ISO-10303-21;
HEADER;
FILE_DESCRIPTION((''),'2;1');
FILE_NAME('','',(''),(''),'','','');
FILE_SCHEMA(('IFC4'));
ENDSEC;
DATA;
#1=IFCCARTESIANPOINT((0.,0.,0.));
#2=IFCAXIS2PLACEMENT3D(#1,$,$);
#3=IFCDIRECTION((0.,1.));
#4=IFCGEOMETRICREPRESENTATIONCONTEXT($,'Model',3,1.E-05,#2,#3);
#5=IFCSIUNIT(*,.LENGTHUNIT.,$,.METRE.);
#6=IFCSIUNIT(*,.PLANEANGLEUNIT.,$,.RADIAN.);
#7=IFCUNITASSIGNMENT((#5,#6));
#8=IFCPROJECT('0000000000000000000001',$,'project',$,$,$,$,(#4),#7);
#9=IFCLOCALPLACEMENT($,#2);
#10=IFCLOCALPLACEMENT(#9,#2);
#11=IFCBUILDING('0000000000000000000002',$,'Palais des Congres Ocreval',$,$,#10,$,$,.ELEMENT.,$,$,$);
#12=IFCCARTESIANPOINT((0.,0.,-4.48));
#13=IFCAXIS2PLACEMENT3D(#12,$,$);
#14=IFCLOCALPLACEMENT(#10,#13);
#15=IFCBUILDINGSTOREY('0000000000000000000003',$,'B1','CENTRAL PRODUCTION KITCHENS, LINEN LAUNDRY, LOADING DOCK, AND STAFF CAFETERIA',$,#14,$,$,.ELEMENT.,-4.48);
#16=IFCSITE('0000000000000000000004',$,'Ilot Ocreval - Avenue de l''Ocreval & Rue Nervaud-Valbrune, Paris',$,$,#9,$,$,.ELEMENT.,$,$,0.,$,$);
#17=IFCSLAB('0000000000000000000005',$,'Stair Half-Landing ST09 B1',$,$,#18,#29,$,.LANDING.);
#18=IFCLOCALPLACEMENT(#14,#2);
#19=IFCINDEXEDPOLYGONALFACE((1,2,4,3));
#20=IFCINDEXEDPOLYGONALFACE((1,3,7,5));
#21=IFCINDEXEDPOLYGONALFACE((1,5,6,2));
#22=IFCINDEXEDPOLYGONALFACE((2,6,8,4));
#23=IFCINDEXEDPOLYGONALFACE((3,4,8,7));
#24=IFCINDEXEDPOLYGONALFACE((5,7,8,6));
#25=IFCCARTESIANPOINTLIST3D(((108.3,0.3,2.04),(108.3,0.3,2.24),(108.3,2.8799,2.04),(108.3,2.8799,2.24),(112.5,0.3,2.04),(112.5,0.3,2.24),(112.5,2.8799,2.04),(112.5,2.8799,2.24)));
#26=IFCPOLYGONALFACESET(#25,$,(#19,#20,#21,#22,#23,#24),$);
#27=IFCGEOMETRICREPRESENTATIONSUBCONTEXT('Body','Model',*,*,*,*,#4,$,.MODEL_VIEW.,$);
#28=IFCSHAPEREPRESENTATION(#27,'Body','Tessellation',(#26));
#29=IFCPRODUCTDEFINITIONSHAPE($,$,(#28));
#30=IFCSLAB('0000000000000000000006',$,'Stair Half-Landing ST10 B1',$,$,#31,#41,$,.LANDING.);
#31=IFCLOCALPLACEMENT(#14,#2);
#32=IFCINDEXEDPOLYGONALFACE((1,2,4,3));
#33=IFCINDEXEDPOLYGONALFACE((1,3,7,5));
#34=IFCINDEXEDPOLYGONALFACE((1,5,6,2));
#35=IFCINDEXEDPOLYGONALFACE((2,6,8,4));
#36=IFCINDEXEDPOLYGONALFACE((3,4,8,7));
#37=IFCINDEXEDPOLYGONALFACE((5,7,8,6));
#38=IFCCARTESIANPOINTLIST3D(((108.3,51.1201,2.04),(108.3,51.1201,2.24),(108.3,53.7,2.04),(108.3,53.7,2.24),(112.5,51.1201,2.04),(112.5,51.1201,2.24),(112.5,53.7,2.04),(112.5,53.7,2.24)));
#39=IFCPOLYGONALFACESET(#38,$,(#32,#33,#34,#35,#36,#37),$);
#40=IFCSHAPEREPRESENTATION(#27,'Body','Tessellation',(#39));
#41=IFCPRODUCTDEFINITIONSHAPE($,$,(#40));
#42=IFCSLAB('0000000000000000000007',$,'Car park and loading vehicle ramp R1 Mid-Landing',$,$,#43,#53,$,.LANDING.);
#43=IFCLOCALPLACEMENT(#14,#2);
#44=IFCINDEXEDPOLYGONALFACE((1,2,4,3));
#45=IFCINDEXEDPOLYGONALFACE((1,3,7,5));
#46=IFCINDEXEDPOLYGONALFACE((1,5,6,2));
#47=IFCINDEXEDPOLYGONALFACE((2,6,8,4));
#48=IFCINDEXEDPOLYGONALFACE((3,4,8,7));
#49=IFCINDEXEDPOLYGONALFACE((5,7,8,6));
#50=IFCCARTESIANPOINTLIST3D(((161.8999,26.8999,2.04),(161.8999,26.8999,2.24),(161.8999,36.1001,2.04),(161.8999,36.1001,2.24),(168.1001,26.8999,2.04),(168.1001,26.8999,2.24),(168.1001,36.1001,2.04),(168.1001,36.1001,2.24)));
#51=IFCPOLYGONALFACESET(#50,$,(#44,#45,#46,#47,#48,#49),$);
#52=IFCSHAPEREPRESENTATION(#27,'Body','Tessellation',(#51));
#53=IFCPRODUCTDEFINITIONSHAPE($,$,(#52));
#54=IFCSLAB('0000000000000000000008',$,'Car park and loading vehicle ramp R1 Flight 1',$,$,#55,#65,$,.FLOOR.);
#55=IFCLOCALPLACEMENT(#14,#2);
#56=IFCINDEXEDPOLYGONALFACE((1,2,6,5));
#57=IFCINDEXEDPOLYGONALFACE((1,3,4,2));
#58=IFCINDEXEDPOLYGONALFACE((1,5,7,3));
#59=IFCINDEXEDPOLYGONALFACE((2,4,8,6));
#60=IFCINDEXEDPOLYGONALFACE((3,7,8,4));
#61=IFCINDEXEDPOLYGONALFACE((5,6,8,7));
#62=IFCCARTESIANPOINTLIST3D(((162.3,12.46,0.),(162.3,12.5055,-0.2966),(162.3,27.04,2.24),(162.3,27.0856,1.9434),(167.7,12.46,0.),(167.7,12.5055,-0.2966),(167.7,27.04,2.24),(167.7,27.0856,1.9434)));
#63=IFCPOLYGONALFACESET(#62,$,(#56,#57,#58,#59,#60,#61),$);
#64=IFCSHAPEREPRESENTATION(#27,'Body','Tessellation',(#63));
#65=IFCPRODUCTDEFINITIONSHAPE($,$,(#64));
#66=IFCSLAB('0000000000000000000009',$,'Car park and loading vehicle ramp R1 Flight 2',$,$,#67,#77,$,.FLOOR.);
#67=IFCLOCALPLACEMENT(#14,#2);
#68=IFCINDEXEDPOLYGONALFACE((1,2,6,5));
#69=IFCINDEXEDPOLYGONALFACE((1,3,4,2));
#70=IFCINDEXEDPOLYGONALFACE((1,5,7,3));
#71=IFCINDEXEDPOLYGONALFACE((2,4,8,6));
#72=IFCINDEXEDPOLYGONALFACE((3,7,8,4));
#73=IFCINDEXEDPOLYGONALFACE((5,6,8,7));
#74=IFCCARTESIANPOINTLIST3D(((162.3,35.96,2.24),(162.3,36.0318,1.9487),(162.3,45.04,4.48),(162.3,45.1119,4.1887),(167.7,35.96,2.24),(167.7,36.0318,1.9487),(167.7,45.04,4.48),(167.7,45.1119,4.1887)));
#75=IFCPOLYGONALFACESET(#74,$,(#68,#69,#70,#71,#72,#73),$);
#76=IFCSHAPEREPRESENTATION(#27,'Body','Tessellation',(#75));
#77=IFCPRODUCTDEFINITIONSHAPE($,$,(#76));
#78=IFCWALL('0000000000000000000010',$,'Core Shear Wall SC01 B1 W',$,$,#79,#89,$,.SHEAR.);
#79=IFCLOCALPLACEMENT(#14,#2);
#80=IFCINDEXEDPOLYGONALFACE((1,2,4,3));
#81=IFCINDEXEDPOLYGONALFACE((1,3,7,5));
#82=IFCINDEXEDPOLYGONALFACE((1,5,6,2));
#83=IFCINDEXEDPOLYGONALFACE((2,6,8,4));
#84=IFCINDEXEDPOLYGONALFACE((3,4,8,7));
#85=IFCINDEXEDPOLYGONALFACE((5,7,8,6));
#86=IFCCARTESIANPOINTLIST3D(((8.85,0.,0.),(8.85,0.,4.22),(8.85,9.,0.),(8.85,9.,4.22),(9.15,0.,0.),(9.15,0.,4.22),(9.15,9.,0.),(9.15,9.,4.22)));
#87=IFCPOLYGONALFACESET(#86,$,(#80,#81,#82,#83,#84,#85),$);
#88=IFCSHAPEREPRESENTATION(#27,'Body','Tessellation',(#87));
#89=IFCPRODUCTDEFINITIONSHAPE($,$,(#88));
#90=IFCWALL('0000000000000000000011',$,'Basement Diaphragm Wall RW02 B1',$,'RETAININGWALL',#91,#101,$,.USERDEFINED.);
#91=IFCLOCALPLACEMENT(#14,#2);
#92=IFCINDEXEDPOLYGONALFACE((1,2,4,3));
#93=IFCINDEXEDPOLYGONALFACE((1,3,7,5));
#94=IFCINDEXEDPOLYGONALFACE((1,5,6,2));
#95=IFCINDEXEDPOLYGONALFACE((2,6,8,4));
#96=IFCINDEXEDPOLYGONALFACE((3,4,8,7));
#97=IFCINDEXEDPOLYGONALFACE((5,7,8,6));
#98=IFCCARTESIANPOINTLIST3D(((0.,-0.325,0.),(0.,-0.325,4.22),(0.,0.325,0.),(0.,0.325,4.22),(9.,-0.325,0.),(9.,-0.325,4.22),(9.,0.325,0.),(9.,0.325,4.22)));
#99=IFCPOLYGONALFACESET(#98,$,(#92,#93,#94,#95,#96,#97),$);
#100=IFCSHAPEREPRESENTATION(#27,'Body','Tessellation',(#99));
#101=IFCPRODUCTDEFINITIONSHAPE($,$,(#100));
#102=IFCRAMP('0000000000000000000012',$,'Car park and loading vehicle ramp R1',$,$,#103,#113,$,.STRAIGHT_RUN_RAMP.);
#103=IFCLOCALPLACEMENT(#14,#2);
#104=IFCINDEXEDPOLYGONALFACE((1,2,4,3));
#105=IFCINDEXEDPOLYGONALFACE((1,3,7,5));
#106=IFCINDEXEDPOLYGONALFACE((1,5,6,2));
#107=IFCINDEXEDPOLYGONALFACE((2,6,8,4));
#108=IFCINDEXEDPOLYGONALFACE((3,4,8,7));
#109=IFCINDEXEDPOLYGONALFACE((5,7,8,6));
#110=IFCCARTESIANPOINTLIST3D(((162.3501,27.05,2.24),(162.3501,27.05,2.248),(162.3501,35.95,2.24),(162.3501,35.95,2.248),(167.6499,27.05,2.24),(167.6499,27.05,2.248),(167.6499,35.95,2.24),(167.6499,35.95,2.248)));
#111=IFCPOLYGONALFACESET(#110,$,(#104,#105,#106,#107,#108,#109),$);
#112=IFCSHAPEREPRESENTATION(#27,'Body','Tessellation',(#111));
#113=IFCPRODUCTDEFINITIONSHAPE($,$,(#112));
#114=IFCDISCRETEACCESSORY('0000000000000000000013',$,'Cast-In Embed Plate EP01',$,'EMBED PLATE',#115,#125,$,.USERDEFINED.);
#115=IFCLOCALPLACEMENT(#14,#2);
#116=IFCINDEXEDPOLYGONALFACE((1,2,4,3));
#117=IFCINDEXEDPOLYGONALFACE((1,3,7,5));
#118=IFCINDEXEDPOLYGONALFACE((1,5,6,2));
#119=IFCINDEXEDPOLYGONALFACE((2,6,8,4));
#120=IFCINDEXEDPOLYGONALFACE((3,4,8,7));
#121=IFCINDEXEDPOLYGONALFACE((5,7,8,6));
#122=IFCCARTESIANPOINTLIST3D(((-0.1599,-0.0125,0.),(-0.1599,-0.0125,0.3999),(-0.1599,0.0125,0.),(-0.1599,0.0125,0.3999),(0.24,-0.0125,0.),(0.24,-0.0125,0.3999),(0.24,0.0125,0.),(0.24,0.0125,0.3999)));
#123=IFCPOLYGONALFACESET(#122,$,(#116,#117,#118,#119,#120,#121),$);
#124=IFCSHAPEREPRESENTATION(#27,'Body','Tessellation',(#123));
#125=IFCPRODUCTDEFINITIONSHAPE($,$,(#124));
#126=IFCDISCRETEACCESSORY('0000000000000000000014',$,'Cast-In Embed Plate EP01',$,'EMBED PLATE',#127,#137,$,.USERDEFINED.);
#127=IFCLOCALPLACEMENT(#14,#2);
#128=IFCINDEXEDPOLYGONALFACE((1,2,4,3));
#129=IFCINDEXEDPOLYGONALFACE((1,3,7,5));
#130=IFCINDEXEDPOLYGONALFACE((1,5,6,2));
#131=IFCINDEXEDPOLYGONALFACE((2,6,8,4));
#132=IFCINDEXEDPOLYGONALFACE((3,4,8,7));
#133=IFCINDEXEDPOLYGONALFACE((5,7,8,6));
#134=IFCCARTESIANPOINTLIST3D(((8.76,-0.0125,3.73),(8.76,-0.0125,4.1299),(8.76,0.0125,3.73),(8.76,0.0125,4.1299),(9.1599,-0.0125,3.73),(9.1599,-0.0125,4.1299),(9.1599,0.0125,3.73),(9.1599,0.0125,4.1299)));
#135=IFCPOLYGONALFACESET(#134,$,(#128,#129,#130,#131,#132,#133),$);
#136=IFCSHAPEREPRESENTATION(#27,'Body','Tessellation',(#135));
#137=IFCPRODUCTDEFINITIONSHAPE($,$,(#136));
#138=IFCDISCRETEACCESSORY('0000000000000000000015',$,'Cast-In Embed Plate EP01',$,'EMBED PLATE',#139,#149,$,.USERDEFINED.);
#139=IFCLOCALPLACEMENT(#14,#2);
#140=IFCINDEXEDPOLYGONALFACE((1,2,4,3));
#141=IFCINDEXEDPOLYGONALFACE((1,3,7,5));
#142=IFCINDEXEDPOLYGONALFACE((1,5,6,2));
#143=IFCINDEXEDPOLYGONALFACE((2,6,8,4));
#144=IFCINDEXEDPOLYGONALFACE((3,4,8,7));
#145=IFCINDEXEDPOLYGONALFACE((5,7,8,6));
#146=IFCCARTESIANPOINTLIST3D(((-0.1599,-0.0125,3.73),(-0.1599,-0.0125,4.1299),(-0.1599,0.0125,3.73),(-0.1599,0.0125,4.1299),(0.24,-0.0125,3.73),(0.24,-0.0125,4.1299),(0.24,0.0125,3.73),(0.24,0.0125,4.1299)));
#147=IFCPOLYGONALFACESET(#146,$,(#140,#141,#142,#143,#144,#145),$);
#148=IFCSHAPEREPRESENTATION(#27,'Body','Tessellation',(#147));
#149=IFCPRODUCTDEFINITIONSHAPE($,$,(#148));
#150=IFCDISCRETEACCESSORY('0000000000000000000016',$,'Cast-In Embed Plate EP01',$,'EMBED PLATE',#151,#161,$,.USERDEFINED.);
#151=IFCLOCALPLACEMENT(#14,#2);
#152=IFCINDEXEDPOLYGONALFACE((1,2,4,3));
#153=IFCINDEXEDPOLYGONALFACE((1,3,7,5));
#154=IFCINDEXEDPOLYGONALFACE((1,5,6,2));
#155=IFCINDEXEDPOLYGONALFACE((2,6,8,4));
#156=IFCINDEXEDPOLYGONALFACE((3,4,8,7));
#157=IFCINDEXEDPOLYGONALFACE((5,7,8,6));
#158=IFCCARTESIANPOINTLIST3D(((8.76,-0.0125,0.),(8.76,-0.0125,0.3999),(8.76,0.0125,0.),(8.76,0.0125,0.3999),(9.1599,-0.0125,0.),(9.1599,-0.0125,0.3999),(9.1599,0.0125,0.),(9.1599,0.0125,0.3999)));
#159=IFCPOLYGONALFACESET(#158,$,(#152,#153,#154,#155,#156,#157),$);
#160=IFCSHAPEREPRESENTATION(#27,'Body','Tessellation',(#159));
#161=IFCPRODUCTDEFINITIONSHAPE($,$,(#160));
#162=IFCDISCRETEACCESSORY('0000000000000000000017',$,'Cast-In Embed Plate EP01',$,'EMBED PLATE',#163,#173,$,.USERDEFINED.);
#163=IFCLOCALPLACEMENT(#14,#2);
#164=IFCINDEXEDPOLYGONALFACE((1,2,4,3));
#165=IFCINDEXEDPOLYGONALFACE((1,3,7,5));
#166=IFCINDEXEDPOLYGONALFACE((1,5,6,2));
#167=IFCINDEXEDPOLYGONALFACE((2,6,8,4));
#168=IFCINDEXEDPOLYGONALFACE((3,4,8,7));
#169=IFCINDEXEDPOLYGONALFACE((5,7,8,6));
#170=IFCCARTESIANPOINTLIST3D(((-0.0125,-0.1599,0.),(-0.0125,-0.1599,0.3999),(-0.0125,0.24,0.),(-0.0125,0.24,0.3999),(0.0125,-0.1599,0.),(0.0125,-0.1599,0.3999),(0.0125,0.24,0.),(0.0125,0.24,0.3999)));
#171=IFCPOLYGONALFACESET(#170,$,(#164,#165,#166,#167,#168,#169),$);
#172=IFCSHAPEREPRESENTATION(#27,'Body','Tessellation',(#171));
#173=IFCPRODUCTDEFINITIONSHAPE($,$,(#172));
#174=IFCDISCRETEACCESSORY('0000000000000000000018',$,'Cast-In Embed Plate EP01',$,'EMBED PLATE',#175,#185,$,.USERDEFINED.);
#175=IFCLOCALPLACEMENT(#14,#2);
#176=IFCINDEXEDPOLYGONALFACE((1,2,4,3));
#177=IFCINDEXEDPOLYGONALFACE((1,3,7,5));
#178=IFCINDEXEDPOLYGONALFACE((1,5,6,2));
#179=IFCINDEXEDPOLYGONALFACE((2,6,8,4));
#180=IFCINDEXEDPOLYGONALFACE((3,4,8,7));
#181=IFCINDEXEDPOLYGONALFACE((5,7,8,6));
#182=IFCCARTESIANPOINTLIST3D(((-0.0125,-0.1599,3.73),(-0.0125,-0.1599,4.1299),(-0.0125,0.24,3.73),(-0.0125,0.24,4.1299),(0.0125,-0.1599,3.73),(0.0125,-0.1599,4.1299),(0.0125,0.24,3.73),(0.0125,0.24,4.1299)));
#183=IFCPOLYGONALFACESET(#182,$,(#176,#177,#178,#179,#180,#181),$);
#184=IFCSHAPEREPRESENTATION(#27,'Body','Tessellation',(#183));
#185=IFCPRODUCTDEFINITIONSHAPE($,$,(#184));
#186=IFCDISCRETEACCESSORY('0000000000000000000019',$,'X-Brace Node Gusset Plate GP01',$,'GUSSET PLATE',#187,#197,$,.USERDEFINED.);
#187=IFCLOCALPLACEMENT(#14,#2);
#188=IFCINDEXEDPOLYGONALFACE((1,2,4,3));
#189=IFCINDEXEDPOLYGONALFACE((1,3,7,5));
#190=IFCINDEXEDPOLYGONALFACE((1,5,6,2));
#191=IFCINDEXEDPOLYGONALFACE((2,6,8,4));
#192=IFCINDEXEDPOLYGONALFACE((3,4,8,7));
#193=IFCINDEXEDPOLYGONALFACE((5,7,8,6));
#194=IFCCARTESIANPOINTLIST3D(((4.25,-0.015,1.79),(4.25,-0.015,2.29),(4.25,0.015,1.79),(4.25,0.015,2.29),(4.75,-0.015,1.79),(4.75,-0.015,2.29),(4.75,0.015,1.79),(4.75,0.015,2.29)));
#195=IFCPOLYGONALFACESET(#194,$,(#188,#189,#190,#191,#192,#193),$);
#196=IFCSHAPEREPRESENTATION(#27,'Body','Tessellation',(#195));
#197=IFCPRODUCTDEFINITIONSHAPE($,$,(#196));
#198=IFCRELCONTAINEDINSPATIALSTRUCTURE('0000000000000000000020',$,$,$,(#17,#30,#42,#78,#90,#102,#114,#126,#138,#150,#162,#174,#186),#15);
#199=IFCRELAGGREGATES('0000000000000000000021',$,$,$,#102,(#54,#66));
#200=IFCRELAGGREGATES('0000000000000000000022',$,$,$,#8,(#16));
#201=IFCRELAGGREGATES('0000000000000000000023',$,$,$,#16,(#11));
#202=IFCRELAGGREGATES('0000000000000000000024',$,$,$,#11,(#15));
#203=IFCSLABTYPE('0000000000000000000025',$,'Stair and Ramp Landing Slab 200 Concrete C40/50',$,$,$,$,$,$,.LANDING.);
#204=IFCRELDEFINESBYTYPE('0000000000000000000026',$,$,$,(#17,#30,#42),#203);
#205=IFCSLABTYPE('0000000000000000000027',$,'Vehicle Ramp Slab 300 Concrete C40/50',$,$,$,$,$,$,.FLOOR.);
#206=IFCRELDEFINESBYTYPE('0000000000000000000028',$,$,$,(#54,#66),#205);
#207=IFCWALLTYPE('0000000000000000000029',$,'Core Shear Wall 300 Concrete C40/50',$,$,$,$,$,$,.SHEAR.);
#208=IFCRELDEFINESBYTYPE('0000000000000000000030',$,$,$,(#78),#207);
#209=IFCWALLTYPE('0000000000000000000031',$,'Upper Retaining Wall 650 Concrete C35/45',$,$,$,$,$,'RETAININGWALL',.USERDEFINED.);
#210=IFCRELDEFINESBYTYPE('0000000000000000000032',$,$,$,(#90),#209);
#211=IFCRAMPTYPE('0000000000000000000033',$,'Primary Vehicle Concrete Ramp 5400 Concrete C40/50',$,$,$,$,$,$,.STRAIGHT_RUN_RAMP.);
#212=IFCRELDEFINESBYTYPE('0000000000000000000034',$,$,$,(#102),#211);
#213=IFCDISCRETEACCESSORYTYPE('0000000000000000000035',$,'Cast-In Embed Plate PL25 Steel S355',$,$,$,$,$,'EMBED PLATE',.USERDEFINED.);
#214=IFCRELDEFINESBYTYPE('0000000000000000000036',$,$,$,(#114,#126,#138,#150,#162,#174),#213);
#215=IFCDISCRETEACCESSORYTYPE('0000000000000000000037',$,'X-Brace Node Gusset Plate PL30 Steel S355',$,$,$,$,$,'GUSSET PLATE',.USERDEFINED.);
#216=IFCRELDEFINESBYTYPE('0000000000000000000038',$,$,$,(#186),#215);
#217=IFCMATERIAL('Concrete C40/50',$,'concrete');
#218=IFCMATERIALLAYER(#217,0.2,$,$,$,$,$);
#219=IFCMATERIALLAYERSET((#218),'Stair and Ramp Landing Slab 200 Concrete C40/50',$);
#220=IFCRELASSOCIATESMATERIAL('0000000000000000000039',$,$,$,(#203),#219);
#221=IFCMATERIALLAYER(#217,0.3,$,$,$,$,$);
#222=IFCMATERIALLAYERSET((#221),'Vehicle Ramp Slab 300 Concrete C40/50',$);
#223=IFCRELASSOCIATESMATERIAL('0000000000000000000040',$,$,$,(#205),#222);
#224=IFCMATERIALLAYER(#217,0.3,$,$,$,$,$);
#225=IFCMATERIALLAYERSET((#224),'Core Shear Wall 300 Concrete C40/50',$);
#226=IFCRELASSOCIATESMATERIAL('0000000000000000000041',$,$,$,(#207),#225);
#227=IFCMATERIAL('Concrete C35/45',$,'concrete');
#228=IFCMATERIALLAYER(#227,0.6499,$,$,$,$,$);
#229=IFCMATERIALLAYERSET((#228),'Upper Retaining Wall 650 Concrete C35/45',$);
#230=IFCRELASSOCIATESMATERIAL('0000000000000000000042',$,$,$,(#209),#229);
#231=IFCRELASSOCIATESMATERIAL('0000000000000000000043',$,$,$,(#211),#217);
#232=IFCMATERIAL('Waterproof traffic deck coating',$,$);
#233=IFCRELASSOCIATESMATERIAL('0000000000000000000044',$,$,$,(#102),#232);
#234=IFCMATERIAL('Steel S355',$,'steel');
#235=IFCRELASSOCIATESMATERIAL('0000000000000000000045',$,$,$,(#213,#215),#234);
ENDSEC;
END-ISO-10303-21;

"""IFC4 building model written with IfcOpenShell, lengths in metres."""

from ifc_helpers import new_model, si_unit, direction, frame, frame_2d, origin, origin_2d, place, context, subcontext, project, spatial, polyline, rectangle, outline, extrude, material, layer, layer_set, type_object, element, aggregate, save


model = new_model("IFC4")

# Units and contexts
model_context = context("Model", 3, precision=1e-05, world=origin(), true_north=direction((0.0, 1.0)))
body_context = subcontext(model_context, "Body", "Model", "MODEL_VIEW")
ifc_project = project(units=[si_unit("LENGTHUNIT", "METRE"), si_unit("PLANEANGLEUNIT", "RADIAN")], contexts=[model_context])

# Site, building, storey
site_placement = place(None, origin())
site = spatial("IfcSite", under=ifc_project, at=site_placement, Name="Ilot Ocreval - Avenue de l'Ocreval & Rue Nervaud-Valbrune, Paris", CompositionType="ELEMENT", RefElevation=0.0)
building_placement = place(site_placement, origin())
building = spatial("IfcBuilding", under=site, at=building_placement, Name="Palais des Congres Ocreval", CompositionType="ELEMENT")
storey_placement = place(building_placement, frame((0.0, 0.0, -4.48)))
storey = spatial("IfcBuildingStorey", under=building, at=storey_placement, Name="B1", Description="CENTRAL PRODUCTION KITCHENS, LINEN LAUNDRY, LOADING DOCK, AND STAFF CAFETERIA", CompositionType="ELEMENT", Elevation=-4.48)

# Shared definitions
ifc_material_1 = material(Name="Concrete C40/50", Category="concrete")

# Shared definitions
ifc_material_2 = material(Name="Concrete C35/45", Category="concrete")

# Shared definitions
ifc_material_3 = material(Name="Steel S355", Category="steel")

# Slabs
ifc_layer_1 = layer(ifc_material_1, 0.2)
ifc_layer_set_1 = layer_set([ifc_layer_1], Name="Stair and Ramp Landing Slab 200 Concrete C40/50")
slab_type_1 = type_object("IfcSlabType", Name="Stair and Ramp Landing Slab 200 Concrete C40/50", PredefinedType="LANDING", material=ifc_layer_set_1)
slab_1_placement = place(storey_placement, frame((0.0, 0.0, 2.04)))
element("IfcSlab", 1, at=slab_1_placement, inside=storey, type_object=slab_type_1, Name="Stair Half-Landing ST09 B1", PredefinedType="LANDING", context=body_context, shape_type="SweptSolid", body=[
    extrude(outline(polyline([(108.3, 0.3), (112.5, 0.3), (112.5, 2.8799), (108.3, 2.8799), (108.3, 0.3)])), origin(), (0.0, 0.0, 1.0), 0.2),
])
slab_2_placement = place(storey_placement, frame((0.0, 0.0, 2.04)))
element("IfcSlab", 2, at=slab_2_placement, inside=storey, type_object=slab_type_1, Name="Stair Half-Landing ST10 B1", PredefinedType="LANDING", context=body_context, shape_type="SweptSolid", body=[
    extrude(outline(polyline([(108.3, 51.1201), (112.5, 51.1201), (112.5, 53.7), (108.3, 53.7), (108.3, 51.1201)])), origin(), (0.0, 0.0, 1.0), 0.2),
])
slab_3_placement = place(storey_placement, frame((0.0, 0.0, 2.04)))
element("IfcSlab", 3, at=slab_3_placement, inside=storey, type_object=slab_type_1, Name="Car park and loading vehicle ramp R1 Mid-Landing", PredefinedType="LANDING", context=body_context, shape_type="SweptSolid", body=[
    extrude(outline(polyline([(161.8999, 26.8999), (168.1001, 26.8999), (168.1001, 36.1001), (161.8999, 36.1001), (161.8999, 26.8999)])), origin(), (0.0, 0.0, 1.0), 0.2),
])

# Slabs
ifc_layer_2 = layer(ifc_material_1, 0.3)
ifc_layer_set_2 = layer_set([ifc_layer_2], Name="Vehicle Ramp Slab 300 Concrete C40/50")
slab_type_2 = type_object("IfcSlabType", Name="Vehicle Ramp Slab 300 Concrete C40/50", PredefinedType="FLOOR", material=ifc_layer_set_2)
slab_4_placement = place(storey_placement, frame((167.7, 12.46, 0.0), z_axis=(0.0, -0.151852, 0.988403), x_axis=(0.0, 0.988403, 0.151852)))
slab_4 = element("IfcSlab", 4, at=slab_4_placement, type_object=slab_type_2, Name="Car park and loading vehicle ramp R1 Flight 1", PredefinedType="FLOOR", context=body_context, shape_type="SweptSolid", body=[
    extrude(outline(polyline([(0.0, 0.0), (14.7511, 0.0), (14.7511, 5.3999), (0.0, 5.3999), (0.0, 0.0)])), origin(), (0.0, 0.0, -1.0), 0.3),
])
slab_5_placement = place(storey_placement, frame((167.7, 35.96, 2.24), z_axis=(0.0, -0.239512, 0.970893), x_axis=(0.0, 0.970893, 0.239512)))
slab_5 = element("IfcSlab", 5, at=slab_5_placement, type_object=slab_type_2, Name="Car park and loading vehicle ramp R1 Flight 2", PredefinedType="FLOOR", context=body_context, shape_type="SweptSolid", body=[
    extrude(outline(polyline([(0.0, 0.0), (9.3523, 0.0), (9.3523, 5.3999), (0.0, 5.3999), (0.0, 0.0)])), origin(), (0.0, 0.0, -1.0), 0.3),
])

# Walls
ifc_layer_3 = layer(ifc_material_1, 0.3)
ifc_layer_set_3 = layer_set([ifc_layer_3], Name="Core Shear Wall 300 Concrete C40/50")
wall_type_1 = type_object("IfcWallType", Name="Core Shear Wall 300 Concrete C40/50", PredefinedType="SHEAR", material=ifc_layer_set_3)
wall_1_placement = place(storey_placement, frame((9.0, 0.0, 0.0), z_axis=(0.0, 0.0, 1.0), x_axis=(0.0, 1.0, 0.0)))
element("IfcWall", 6, at=wall_1_placement, inside=storey, type_object=wall_type_1, Name="Core Shear Wall SC01 B1 W", PredefinedType="SHEAR", context=body_context, shape_type="SweptSolid", body=[
    extrude(rectangle(XDim=9.0, YDim=0.3, at=frame_2d((4.5, 0.0))), origin(), (0.0, 0.0, 1.0), 4.22),
])
ifc_layer_4 = layer(ifc_material_2, 0.6499)
ifc_layer_set_4 = layer_set([ifc_layer_4], Name="Upper Retaining Wall 650 Concrete C35/45")
wall_type_2 = type_object("IfcWallType", Name="Upper Retaining Wall 650 Concrete C35/45", ElementType="RETAININGWALL", PredefinedType="USERDEFINED", material=ifc_layer_set_4)
wall_2_placement = place(storey_placement, frame((9.0, 0.0, 0.0), z_axis=(0.0, 0.0, 1.0), x_axis=(-1.0, 0.0, 0.0)))
element("IfcWall", 7, at=wall_2_placement, inside=storey, type_object=wall_type_2, Name="Basement Diaphragm Wall RW02 B1", ObjectType="RETAININGWALL", PredefinedType="USERDEFINED", context=body_context, shape_type="SweptSolid", body=[
    extrude(rectangle(XDim=9.0, YDim=0.6499, at=frame_2d((4.5, 0.0))), origin(), (0.0, 0.0, 1.0), 4.22),
])

# Ramp
ifc_material_4 = material(Name="Waterproof traffic deck coating")
ramp_type = type_object("IfcRampType", Name="Primary Vehicle Concrete Ramp 5400 Concrete C40/50", PredefinedType="STRAIGHT_RUN_RAMP", material=ifc_material_1)
ramp_placement = place(storey_placement, frame((0.0, 0.0, 2.24)))
ramp = element("IfcRamp", 8, at=ramp_placement, inside=storey, type_object=ramp_type, material=ifc_material_4, Name="Car park and loading vehicle ramp R1", PredefinedType="STRAIGHT_RUN_RAMP", context=body_context, shape_type="SweptSolid", body=[
    extrude(outline(polyline([(162.3501, 27.05), (167.6499, 27.05), (167.6499, 35.95), (162.3501, 35.95), (162.3501, 27.05)])), origin(), (0.0, 0.0, 1.0), 0.0081),
])
aggregate(ramp, [slab_4, slab_5])

# Discrete accessories
discrete_accessory_type_1 = type_object("IfcDiscreteAccessoryType", Name="Cast-In Embed Plate PL25 Steel S355", ElementType="EMBED PLATE", PredefinedType="USERDEFINED", material=ifc_material_3)
for number, where, z_axis, x_axis, name in (
    (9, (0.04, 0.0, 0.0), (0.0, 0.0, 1.0), (-1.0, 0.0, 0.0), "Cast-In Embed Plate EP01"),
    (10, (8.96, 0.0, 3.73), (0.0, 0.0, 1.0), (-1.0, 0.0, 0.0), "Cast-In Embed Plate EP01"),
    (11, (0.04, 0.0, 3.73), (0.0, 0.0, 1.0), (-1.0, 0.0, 0.0), "Cast-In Embed Plate EP01"),
    (12, (8.96, 0.0, 0.0), (0.0, 0.0, 1.0), (-1.0, 0.0, 0.0), "Cast-In Embed Plate EP01"),
    (13, (0.0, 0.04, 0.0), (0.0, 0.0, 1.0), (0.0, 1.0, 0.0), "Cast-In Embed Plate EP01"),
    (14, (0.0, 0.04, 3.73), (0.0, 0.0, 1.0), (0.0, 1.0, 0.0), "Cast-In Embed Plate EP01"),
):
    element("IfcDiscreteAccessory", number, at=place(storey_placement, frame(where, z_axis=z_axis, x_axis=x_axis)), inside=storey, type_object=discrete_accessory_type_1, Name=name, ObjectType="EMBED PLATE", PredefinedType="USERDEFINED", context=body_context, shape_type="SweptSolid", body=[
        extrude(rectangle(XDim=0.3999, YDim=0.0249, at=origin_2d()), origin(), (0.0, 0.0, 1.0), 0.3999),
    ])
discrete_accessory_type_2 = type_object("IfcDiscreteAccessoryType", Name="X-Brace Node Gusset Plate PL30 Steel S355", ElementType="GUSSET PLATE", PredefinedType="USERDEFINED", material=ifc_material_3)
discrete_accessory_placement = place(storey_placement, frame((4.5, 0.0, 1.79), z_axis=(0.0, 0.0, 1.0), x_axis=(1.0, 0.0, 0.0)))
element("IfcDiscreteAccessory", 15, at=discrete_accessory_placement, inside=storey, type_object=discrete_accessory_type_2, Name="X-Brace Node Gusset Plate GP01", ObjectType="GUSSET PLATE", PredefinedType="USERDEFINED", context=body_context, shape_type="SweptSolid", body=[
    extrude(rectangle(XDim=0.5, YDim=0.03, at=origin_2d()), origin(), (0.0, 0.0, 1.0), 0.5),
])

save(model, "model.ifc")
